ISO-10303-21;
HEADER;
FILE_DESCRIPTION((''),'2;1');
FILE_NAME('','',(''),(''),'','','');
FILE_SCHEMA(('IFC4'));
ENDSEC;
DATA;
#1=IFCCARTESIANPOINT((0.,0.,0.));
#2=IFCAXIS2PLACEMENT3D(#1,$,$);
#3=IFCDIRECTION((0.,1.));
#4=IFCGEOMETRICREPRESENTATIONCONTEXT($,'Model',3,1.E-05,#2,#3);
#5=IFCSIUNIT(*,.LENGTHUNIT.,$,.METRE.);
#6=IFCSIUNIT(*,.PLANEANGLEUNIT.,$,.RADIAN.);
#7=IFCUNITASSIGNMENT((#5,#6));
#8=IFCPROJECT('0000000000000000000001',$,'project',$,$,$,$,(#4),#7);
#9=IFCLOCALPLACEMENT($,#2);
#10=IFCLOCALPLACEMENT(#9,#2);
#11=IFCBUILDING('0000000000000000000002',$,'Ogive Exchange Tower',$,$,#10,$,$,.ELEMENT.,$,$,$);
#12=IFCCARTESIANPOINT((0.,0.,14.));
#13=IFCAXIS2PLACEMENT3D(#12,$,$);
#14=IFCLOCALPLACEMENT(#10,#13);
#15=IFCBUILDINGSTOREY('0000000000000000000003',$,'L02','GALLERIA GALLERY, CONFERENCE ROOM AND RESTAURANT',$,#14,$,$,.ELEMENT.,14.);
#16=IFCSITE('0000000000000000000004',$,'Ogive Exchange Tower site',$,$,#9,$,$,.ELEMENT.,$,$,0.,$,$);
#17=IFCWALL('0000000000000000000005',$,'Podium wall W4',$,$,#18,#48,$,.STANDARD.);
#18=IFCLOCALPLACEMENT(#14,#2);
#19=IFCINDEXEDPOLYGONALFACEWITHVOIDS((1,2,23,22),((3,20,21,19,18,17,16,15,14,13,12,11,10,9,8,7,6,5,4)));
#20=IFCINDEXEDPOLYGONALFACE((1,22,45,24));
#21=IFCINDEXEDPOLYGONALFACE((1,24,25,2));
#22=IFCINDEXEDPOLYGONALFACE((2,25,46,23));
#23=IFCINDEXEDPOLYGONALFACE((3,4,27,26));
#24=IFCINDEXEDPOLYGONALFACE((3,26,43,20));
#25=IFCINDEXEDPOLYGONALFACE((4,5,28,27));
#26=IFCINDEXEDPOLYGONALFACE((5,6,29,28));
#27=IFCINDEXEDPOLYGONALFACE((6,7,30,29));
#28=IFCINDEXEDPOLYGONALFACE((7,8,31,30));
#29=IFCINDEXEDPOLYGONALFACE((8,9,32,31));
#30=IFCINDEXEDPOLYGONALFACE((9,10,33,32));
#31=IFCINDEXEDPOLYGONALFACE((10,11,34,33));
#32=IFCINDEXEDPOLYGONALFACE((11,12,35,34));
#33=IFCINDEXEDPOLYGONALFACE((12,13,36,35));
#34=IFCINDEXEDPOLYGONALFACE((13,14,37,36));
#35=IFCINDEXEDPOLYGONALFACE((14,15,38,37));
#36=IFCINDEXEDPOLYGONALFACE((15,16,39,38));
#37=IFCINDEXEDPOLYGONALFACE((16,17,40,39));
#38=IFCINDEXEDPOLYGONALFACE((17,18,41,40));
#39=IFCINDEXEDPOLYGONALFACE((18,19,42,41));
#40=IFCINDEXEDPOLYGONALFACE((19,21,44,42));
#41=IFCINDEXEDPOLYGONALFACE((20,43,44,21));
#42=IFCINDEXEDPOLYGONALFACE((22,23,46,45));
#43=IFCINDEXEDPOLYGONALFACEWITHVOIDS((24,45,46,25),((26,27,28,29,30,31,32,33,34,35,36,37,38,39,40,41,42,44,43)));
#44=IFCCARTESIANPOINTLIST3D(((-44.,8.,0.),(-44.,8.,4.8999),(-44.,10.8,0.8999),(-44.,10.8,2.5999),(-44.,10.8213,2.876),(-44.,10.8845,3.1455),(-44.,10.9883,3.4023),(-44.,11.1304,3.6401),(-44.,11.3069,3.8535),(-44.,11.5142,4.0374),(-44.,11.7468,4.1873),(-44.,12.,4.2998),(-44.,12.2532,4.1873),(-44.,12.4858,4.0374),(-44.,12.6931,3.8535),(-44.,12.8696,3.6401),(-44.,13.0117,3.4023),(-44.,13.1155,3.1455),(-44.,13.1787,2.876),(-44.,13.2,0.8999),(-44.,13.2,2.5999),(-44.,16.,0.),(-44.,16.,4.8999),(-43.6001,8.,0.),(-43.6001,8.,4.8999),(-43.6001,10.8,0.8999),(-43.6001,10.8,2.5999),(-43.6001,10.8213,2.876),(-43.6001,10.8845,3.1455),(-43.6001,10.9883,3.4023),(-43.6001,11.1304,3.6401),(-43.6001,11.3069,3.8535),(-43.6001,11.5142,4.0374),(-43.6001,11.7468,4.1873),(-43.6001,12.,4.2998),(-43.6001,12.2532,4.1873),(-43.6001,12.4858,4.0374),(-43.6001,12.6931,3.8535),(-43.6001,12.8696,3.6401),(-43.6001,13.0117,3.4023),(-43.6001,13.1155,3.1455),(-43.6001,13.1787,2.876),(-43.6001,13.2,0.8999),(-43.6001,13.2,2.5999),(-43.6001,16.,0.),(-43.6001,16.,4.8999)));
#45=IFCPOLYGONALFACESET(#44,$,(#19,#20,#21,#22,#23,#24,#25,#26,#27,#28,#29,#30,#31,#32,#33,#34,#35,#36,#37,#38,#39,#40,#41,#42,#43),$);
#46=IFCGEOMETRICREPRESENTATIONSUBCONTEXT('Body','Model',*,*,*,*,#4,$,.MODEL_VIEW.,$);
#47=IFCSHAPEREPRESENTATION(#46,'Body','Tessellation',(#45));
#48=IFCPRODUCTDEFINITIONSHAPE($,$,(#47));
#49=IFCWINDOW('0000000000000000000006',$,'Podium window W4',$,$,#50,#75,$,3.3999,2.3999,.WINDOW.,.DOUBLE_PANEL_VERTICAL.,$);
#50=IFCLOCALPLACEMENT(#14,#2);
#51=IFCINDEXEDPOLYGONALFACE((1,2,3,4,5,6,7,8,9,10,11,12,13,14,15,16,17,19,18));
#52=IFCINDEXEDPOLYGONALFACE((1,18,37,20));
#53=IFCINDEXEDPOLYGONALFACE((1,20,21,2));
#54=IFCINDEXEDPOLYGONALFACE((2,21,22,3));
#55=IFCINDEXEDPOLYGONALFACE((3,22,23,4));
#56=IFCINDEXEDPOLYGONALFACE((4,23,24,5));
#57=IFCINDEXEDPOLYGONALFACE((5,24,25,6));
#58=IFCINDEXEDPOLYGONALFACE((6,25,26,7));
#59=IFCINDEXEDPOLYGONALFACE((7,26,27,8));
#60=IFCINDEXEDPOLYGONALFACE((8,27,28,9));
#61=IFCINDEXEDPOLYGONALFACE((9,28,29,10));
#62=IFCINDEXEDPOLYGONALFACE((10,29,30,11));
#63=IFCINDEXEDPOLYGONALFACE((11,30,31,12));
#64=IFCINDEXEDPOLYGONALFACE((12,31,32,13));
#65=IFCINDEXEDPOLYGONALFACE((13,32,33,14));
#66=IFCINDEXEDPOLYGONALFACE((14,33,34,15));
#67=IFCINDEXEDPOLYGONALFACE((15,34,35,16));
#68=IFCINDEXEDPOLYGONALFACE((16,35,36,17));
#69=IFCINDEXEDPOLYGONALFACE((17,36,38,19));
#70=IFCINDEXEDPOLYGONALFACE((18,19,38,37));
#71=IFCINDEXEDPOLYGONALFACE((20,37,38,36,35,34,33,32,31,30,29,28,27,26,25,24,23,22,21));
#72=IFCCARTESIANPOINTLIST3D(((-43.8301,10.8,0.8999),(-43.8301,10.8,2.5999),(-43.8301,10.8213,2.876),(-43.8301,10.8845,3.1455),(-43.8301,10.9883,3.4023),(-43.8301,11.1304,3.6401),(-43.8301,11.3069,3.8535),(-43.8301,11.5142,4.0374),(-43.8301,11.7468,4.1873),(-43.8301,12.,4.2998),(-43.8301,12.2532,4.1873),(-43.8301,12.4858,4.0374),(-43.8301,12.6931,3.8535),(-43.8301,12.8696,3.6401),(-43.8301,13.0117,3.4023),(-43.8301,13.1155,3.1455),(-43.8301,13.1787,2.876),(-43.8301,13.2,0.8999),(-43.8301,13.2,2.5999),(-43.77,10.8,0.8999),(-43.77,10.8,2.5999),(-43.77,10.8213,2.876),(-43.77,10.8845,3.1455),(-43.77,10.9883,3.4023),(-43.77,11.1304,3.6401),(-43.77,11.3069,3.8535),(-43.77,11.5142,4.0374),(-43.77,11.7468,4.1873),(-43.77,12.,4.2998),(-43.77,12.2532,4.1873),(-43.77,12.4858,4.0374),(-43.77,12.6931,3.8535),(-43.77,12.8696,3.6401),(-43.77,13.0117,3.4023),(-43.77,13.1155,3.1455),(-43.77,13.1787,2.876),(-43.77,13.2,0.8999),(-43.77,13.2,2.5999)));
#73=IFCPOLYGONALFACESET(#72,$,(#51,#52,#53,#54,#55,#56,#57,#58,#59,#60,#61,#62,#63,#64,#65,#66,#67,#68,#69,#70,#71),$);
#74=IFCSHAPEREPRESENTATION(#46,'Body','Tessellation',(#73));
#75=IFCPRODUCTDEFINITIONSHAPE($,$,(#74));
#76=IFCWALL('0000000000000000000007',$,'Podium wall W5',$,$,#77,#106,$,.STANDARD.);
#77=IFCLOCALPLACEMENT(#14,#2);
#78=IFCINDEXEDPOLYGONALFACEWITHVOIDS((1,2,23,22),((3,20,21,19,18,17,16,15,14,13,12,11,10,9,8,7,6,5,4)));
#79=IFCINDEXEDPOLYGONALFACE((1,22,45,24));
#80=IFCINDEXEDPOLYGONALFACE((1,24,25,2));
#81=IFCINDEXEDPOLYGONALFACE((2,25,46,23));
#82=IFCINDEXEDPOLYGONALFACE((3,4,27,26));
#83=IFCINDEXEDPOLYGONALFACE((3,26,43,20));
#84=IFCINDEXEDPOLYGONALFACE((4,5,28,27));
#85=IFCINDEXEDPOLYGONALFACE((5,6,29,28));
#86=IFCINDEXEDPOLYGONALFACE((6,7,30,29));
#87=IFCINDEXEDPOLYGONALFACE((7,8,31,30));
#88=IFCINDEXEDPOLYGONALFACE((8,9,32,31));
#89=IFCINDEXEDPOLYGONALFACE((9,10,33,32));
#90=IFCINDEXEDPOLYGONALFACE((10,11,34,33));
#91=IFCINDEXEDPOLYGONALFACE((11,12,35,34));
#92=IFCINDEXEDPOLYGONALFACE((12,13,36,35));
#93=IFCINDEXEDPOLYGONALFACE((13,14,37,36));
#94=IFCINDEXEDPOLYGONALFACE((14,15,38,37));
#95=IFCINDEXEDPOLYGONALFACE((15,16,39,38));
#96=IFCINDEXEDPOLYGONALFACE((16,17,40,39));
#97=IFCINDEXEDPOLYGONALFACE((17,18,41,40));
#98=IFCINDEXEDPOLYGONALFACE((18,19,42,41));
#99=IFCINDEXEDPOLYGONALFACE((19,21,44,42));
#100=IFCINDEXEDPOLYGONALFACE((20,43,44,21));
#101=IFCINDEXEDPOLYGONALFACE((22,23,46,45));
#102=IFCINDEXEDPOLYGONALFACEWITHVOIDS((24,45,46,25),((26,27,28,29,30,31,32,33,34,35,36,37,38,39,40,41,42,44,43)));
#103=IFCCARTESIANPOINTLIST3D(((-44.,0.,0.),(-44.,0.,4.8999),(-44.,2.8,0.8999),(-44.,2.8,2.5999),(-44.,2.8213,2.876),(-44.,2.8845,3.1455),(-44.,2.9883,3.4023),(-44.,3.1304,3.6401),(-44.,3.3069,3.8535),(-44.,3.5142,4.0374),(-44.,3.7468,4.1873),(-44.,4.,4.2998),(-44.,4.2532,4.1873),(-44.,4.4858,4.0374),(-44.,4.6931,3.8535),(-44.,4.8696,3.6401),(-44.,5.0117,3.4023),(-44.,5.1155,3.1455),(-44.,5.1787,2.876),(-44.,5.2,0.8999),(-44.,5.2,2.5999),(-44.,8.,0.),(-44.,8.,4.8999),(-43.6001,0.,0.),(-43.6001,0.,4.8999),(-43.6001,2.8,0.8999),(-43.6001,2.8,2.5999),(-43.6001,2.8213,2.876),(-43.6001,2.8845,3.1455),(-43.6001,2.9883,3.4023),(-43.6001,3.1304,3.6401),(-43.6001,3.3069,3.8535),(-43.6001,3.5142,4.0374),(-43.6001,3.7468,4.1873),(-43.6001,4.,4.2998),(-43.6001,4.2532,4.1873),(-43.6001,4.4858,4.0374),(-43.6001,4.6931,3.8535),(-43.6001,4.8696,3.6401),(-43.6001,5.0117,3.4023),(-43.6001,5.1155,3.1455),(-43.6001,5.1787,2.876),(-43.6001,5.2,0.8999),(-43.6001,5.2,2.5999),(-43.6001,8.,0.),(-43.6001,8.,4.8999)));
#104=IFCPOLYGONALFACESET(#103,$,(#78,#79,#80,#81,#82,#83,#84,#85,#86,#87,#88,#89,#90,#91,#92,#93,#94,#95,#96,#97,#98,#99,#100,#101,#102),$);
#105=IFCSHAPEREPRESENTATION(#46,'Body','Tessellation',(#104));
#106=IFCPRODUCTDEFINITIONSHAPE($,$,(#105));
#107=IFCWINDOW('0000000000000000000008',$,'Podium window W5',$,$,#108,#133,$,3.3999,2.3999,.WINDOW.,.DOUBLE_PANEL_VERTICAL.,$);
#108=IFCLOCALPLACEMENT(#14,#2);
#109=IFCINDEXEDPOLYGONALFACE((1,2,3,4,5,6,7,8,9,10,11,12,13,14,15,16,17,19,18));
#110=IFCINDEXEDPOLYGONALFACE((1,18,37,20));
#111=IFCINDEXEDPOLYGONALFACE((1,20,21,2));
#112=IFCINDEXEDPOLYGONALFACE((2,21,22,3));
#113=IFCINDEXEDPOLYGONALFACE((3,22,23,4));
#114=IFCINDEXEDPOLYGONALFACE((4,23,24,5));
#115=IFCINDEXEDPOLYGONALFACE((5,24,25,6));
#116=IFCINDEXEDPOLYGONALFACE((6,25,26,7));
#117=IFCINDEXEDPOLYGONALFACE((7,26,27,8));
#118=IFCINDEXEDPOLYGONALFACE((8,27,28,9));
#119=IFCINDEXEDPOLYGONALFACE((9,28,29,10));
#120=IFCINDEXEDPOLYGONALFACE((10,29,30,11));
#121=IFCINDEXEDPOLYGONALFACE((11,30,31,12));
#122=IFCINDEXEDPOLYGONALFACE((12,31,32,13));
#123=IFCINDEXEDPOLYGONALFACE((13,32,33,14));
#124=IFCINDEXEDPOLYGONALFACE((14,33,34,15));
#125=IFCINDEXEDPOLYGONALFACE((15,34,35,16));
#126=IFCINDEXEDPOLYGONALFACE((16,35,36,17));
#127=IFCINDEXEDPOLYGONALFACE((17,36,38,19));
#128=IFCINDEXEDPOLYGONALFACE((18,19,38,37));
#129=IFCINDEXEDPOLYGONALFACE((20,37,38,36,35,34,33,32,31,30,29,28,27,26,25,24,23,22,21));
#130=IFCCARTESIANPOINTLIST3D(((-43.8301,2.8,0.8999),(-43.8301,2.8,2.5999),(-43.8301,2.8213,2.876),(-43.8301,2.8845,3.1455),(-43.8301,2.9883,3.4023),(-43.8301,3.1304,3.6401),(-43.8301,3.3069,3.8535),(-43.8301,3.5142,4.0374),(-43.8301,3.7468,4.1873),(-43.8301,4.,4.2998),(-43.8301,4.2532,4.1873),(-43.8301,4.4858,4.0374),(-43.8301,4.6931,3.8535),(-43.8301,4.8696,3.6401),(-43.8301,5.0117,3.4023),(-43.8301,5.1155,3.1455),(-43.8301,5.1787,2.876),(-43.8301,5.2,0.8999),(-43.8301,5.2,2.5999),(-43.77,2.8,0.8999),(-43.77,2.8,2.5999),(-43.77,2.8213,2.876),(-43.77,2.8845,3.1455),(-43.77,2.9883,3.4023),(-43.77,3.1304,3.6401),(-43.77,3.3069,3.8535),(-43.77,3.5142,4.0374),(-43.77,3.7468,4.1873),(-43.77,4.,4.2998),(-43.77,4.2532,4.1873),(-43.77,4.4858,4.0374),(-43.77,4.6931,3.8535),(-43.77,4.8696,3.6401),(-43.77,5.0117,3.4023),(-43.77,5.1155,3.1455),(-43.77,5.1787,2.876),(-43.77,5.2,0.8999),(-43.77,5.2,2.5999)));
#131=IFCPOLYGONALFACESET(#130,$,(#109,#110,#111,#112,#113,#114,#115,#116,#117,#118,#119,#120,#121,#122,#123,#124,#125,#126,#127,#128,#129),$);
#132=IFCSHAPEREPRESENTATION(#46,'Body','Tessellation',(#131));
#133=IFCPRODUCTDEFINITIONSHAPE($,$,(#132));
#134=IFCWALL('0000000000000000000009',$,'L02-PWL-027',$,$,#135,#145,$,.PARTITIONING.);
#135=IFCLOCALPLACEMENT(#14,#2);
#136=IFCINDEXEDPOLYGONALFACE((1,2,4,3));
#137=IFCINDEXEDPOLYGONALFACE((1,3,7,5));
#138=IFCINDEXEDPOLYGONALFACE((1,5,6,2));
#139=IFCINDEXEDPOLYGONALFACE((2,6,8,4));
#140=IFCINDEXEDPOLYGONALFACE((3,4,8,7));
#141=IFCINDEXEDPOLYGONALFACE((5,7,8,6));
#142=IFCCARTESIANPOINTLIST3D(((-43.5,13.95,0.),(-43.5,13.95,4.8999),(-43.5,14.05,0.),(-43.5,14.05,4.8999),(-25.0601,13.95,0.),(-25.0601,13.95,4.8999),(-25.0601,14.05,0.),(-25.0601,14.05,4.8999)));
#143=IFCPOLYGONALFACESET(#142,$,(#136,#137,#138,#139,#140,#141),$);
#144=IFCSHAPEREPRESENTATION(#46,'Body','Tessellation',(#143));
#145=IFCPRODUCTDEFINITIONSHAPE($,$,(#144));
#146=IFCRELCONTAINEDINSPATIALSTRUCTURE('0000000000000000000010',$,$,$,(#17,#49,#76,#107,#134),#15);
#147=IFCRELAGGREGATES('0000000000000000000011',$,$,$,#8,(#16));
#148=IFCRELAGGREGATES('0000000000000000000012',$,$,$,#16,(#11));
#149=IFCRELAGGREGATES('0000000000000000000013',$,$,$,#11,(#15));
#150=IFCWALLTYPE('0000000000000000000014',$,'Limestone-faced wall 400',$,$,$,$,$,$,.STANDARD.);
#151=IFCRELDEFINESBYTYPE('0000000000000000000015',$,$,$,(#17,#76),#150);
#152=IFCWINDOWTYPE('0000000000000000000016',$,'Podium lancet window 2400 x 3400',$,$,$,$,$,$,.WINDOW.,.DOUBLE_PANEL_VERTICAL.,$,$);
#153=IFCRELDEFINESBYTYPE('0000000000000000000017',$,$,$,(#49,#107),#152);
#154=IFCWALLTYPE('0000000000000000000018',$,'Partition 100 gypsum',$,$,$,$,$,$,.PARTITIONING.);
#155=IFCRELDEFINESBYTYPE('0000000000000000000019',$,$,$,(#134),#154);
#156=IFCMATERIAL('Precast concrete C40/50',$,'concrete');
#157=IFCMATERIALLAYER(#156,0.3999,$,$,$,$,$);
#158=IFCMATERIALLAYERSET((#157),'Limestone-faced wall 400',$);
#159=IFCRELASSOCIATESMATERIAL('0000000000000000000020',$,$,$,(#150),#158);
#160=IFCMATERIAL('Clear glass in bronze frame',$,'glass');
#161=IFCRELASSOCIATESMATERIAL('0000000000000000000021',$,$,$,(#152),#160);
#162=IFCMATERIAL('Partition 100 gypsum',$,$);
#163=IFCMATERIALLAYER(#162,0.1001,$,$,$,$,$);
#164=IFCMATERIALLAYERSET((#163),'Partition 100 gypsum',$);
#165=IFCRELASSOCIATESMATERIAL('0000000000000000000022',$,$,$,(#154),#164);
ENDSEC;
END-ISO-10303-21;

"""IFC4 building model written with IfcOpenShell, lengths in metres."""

from ifc_helpers import new_model, si_unit, direction, frame, frame_2d, origin, place, context, subcontext, project, spatial, polyline, rectangle, outline, extrude, material, layer, layer_set, type_object, element, fill, save


model = new_model("IFC4")

# Units and contexts
model_context = context("Model", 3, precision=1e-05, world=origin(), true_north=direction((0.0, 1.0)))
body_context = subcontext(model_context, "Body", "Model", "MODEL_VIEW")
ifc_project = project(units=[si_unit("LENGTHUNIT", "METRE"), si_unit("PLANEANGLEUNIT", "RADIAN")], contexts=[model_context])

# Site, building, storey
site_placement = place(None, origin())
site = spatial("IfcSite", under=ifc_project, at=site_placement, Name="Ogive Exchange Tower site", CompositionType="ELEMENT", RefElevation=0.0)
building_placement = place(site_placement, origin())
building = spatial("IfcBuilding", under=site, at=building_placement, Name="Ogive Exchange Tower", CompositionType="ELEMENT")
storey_placement = place(building_placement, frame((0.0, 0.0, 14.0)))
storey = spatial("IfcBuildingStorey", under=building, at=storey_placement, Name="L02", Description="GALLERIA GALLERY, CONFERENCE ROOM AND RESTAURANT", CompositionType="ELEMENT", Elevation=14.0)

# Walls, openings, windows
ifc_material_1 = material(Name="Precast concrete C40/50", Category="concrete")
ifc_layer_1 = layer(ifc_material_1, 0.3999)
ifc_layer_set_1 = layer_set([ifc_layer_1], Name="Limestone-faced wall 400")
wall_type_1 = type_object("IfcWallType", Name="Limestone-faced wall 400", PredefinedType="STANDARD", material=ifc_layer_set_1)
wall_1_placement = place(storey_placement, frame((-43.8, 16.0, 0.0), z_axis=(0.0, 0.0, 1.0), x_axis=(0.0, -1.0, 0.0)))
wall_1 = element("IfcWall", 1, at=wall_1_placement, inside=storey, type_object=wall_type_1, Name="Podium wall W4", PredefinedType="STANDARD", context=body_context, shape_type="SweptSolid", body=[
    extrude(rectangle(XDim=8.0, YDim=0.3999, at=frame_2d((4.0, 0.0))), origin(), (0.0, 0.0, 1.0), 4.8999),
])
opening_1_placement = place(wall_1_placement, frame((2.8, 0.0, 0.8999)))
opening_1 = element("IfcOpeningElement", 2, at=opening_1_placement, cuts=wall_1, PredefinedType="OPENING", context=body_context, shape_type="SweptSolid", body=[
    extrude(outline(polyline([(0.0, 0.0), (2.3999, 0.0), (2.3999, 1.7), (2.3787, 1.9761), (2.3154, 2.2456), (2.2117, 2.5024), (2.0696, 2.7402), (1.8931, 2.9536), (1.6858, 3.1375), (1.4531, 3.2874), (1.2, 3.3999), (0.9468, 3.2874), (0.7141, 3.1375), (0.5068, 2.9536), (0.3303, 2.7402), (0.1882, 2.5024), (0.0845, 2.2456), (0.0212, 1.9761), (0.0, 1.7), (0.0, 0.0)])), frame((0.0, 0.21, 0.0), z_axis=(0.0, -1.0, 0.0), x_axis=(1.0, 0.0, 0.0)), (0.0, 0.0, 1.0), 0.4199),
])
ifc_material_2 = material(Name="Clear glass in bronze frame", Category="glass")
window_type = type_object("IfcWindowType", Name="Podium lancet window 2400 x 3400", PartitioningType="DOUBLE_PANEL_VERTICAL", PredefinedType="WINDOW", material=ifc_material_2)
window_1_placement = place(opening_1_placement, origin())
window_1 = element("IfcWindow", 3, at=window_1_placement, inside=storey, type_object=window_type, Name="Podium window W4", OverallHeight=3.3999, OverallWidth=2.3999, PartitioningType="DOUBLE_PANEL_VERTICAL", PredefinedType="WINDOW", context=body_context, shape_type="SweptSolid", body=[
    extrude(outline(polyline([(0.0, 0.0), (2.3999, 0.0), (2.3999, 1.7), (2.3787, 1.9761), (2.3154, 2.2456), (2.2117, 2.5024), (2.0696, 2.7402), (1.8931, 2.9536), (1.6858, 3.1375), (1.4531, 3.2874), (1.2, 3.3999), (0.9468, 3.2874), (0.7141, 3.1375), (0.5068, 2.9536), (0.3303, 2.7402), (0.1882, 2.5024), (0.0845, 2.2456), (0.0212, 1.9761), (0.0, 1.7), (0.0, 0.0)])), frame((0.0, 0.03, 0.0), z_axis=(0.0, -1.0, 0.0), x_axis=(1.0, 0.0, 0.0)), (0.0, 0.0, 1.0), 0.0601),
])
fill(opening_1, window_1)
wall_2_placement = place(storey_placement, frame((-43.8, 8.0, 0.0), z_axis=(0.0, 0.0, 1.0), x_axis=(0.0, -1.0, 0.0)))
wall_2 = element("IfcWall", 4, at=wall_2_placement, inside=storey, type_object=wall_type_1, Name="Podium wall W5", PredefinedType="STANDARD", context=body_context, shape_type="SweptSolid", body=[
    extrude(rectangle(XDim=8.0, YDim=0.3999, at=frame_2d((4.0, 0.0))), origin(), (0.0, 0.0, 1.0), 4.8999),
])
opening_2_placement = place(wall_2_placement, frame((2.8, 0.0, 0.8999)))
opening_2 = element("IfcOpeningElement", 5, at=opening_2_placement, cuts=wall_2, PredefinedType="OPENING", context=body_context, shape_type="SweptSolid", body=[
    extrude(outline(polyline([(0.0, 0.0), (2.3999, 0.0), (2.3999, 1.7), (2.3787, 1.9761), (2.3154, 2.2456), (2.2117, 2.5024), (2.0696, 2.7402), (1.8931, 2.9536), (1.6858, 3.1375), (1.4531, 3.2874), (1.2, 3.3999), (0.9468, 3.2874), (0.7141, 3.1375), (0.5068, 2.9536), (0.3303, 2.7402), (0.1882, 2.5024), (0.0845, 2.2456), (0.0212, 1.9761), (0.0, 1.7), (0.0, 0.0)])), frame((0.0, 0.21, 0.0), z_axis=(0.0, -1.0, 0.0), x_axis=(1.0, 0.0, 0.0)), (0.0, 0.0, 1.0), 0.4199),
])
window_2_placement = place(opening_2_placement, origin())
window_2 = element("IfcWindow", 6, at=window_2_placement, inside=storey, type_object=window_type, Name="Podium window W5", OverallHeight=3.3999, OverallWidth=2.3999, PartitioningType="DOUBLE_PANEL_VERTICAL", PredefinedType="WINDOW", context=body_context, shape_type="SweptSolid", body=[
    extrude(outline(polyline([(0.0, 0.0), (2.3999, 0.0), (2.3999, 1.7), (2.3787, 1.9761), (2.3154, 2.2456), (2.2117, 2.5024), (2.0696, 2.7402), (1.8931, 2.9536), (1.6858, 3.1375), (1.4531, 3.2874), (1.2, 3.3999), (0.9468, 3.2874), (0.7141, 3.1375), (0.5068, 2.9536), (0.3303, 2.7402), (0.1882, 2.5024), (0.0845, 2.2456), (0.0212, 1.9761), (0.0, 1.7), (0.0, 0.0)])), frame((0.0, 0.03, 0.0), z_axis=(0.0, -1.0, 0.0), x_axis=(1.0, 0.0, 0.0)), (0.0, 0.0, 1.0), 0.0601),
])
fill(opening_2, window_2)

# Wall
ifc_material_3 = material(Name="Partition 100 gypsum")
ifc_layer_2 = layer(ifc_material_3, 0.1001)
ifc_layer_set_2 = layer_set([ifc_layer_2], Name="Partition 100 gypsum")
wall_type_2 = type_object("IfcWallType", Name="Partition 100 gypsum", PredefinedType="PARTITIONING", material=ifc_layer_set_2)
wall_3_placement = place(storey_placement, frame((-43.5, 14.0, 0.0), z_axis=(0.0, 0.0, 1.0), x_axis=(1.0, 0.0, 0.0)))
element("IfcWall", 7, at=wall_3_placement, inside=storey, type_object=wall_type_2, Name="L02-PWL-027", PredefinedType="PARTITIONING", context=body_context, shape_type="SweptSolid", body=[
    extrude(rectangle(XDim=18.4399, YDim=0.1001, at=frame_2d((9.22, 0.0))), origin(), (0.0, 0.0, 1.0), 4.8999),
])

save(model, "model.ifc")
